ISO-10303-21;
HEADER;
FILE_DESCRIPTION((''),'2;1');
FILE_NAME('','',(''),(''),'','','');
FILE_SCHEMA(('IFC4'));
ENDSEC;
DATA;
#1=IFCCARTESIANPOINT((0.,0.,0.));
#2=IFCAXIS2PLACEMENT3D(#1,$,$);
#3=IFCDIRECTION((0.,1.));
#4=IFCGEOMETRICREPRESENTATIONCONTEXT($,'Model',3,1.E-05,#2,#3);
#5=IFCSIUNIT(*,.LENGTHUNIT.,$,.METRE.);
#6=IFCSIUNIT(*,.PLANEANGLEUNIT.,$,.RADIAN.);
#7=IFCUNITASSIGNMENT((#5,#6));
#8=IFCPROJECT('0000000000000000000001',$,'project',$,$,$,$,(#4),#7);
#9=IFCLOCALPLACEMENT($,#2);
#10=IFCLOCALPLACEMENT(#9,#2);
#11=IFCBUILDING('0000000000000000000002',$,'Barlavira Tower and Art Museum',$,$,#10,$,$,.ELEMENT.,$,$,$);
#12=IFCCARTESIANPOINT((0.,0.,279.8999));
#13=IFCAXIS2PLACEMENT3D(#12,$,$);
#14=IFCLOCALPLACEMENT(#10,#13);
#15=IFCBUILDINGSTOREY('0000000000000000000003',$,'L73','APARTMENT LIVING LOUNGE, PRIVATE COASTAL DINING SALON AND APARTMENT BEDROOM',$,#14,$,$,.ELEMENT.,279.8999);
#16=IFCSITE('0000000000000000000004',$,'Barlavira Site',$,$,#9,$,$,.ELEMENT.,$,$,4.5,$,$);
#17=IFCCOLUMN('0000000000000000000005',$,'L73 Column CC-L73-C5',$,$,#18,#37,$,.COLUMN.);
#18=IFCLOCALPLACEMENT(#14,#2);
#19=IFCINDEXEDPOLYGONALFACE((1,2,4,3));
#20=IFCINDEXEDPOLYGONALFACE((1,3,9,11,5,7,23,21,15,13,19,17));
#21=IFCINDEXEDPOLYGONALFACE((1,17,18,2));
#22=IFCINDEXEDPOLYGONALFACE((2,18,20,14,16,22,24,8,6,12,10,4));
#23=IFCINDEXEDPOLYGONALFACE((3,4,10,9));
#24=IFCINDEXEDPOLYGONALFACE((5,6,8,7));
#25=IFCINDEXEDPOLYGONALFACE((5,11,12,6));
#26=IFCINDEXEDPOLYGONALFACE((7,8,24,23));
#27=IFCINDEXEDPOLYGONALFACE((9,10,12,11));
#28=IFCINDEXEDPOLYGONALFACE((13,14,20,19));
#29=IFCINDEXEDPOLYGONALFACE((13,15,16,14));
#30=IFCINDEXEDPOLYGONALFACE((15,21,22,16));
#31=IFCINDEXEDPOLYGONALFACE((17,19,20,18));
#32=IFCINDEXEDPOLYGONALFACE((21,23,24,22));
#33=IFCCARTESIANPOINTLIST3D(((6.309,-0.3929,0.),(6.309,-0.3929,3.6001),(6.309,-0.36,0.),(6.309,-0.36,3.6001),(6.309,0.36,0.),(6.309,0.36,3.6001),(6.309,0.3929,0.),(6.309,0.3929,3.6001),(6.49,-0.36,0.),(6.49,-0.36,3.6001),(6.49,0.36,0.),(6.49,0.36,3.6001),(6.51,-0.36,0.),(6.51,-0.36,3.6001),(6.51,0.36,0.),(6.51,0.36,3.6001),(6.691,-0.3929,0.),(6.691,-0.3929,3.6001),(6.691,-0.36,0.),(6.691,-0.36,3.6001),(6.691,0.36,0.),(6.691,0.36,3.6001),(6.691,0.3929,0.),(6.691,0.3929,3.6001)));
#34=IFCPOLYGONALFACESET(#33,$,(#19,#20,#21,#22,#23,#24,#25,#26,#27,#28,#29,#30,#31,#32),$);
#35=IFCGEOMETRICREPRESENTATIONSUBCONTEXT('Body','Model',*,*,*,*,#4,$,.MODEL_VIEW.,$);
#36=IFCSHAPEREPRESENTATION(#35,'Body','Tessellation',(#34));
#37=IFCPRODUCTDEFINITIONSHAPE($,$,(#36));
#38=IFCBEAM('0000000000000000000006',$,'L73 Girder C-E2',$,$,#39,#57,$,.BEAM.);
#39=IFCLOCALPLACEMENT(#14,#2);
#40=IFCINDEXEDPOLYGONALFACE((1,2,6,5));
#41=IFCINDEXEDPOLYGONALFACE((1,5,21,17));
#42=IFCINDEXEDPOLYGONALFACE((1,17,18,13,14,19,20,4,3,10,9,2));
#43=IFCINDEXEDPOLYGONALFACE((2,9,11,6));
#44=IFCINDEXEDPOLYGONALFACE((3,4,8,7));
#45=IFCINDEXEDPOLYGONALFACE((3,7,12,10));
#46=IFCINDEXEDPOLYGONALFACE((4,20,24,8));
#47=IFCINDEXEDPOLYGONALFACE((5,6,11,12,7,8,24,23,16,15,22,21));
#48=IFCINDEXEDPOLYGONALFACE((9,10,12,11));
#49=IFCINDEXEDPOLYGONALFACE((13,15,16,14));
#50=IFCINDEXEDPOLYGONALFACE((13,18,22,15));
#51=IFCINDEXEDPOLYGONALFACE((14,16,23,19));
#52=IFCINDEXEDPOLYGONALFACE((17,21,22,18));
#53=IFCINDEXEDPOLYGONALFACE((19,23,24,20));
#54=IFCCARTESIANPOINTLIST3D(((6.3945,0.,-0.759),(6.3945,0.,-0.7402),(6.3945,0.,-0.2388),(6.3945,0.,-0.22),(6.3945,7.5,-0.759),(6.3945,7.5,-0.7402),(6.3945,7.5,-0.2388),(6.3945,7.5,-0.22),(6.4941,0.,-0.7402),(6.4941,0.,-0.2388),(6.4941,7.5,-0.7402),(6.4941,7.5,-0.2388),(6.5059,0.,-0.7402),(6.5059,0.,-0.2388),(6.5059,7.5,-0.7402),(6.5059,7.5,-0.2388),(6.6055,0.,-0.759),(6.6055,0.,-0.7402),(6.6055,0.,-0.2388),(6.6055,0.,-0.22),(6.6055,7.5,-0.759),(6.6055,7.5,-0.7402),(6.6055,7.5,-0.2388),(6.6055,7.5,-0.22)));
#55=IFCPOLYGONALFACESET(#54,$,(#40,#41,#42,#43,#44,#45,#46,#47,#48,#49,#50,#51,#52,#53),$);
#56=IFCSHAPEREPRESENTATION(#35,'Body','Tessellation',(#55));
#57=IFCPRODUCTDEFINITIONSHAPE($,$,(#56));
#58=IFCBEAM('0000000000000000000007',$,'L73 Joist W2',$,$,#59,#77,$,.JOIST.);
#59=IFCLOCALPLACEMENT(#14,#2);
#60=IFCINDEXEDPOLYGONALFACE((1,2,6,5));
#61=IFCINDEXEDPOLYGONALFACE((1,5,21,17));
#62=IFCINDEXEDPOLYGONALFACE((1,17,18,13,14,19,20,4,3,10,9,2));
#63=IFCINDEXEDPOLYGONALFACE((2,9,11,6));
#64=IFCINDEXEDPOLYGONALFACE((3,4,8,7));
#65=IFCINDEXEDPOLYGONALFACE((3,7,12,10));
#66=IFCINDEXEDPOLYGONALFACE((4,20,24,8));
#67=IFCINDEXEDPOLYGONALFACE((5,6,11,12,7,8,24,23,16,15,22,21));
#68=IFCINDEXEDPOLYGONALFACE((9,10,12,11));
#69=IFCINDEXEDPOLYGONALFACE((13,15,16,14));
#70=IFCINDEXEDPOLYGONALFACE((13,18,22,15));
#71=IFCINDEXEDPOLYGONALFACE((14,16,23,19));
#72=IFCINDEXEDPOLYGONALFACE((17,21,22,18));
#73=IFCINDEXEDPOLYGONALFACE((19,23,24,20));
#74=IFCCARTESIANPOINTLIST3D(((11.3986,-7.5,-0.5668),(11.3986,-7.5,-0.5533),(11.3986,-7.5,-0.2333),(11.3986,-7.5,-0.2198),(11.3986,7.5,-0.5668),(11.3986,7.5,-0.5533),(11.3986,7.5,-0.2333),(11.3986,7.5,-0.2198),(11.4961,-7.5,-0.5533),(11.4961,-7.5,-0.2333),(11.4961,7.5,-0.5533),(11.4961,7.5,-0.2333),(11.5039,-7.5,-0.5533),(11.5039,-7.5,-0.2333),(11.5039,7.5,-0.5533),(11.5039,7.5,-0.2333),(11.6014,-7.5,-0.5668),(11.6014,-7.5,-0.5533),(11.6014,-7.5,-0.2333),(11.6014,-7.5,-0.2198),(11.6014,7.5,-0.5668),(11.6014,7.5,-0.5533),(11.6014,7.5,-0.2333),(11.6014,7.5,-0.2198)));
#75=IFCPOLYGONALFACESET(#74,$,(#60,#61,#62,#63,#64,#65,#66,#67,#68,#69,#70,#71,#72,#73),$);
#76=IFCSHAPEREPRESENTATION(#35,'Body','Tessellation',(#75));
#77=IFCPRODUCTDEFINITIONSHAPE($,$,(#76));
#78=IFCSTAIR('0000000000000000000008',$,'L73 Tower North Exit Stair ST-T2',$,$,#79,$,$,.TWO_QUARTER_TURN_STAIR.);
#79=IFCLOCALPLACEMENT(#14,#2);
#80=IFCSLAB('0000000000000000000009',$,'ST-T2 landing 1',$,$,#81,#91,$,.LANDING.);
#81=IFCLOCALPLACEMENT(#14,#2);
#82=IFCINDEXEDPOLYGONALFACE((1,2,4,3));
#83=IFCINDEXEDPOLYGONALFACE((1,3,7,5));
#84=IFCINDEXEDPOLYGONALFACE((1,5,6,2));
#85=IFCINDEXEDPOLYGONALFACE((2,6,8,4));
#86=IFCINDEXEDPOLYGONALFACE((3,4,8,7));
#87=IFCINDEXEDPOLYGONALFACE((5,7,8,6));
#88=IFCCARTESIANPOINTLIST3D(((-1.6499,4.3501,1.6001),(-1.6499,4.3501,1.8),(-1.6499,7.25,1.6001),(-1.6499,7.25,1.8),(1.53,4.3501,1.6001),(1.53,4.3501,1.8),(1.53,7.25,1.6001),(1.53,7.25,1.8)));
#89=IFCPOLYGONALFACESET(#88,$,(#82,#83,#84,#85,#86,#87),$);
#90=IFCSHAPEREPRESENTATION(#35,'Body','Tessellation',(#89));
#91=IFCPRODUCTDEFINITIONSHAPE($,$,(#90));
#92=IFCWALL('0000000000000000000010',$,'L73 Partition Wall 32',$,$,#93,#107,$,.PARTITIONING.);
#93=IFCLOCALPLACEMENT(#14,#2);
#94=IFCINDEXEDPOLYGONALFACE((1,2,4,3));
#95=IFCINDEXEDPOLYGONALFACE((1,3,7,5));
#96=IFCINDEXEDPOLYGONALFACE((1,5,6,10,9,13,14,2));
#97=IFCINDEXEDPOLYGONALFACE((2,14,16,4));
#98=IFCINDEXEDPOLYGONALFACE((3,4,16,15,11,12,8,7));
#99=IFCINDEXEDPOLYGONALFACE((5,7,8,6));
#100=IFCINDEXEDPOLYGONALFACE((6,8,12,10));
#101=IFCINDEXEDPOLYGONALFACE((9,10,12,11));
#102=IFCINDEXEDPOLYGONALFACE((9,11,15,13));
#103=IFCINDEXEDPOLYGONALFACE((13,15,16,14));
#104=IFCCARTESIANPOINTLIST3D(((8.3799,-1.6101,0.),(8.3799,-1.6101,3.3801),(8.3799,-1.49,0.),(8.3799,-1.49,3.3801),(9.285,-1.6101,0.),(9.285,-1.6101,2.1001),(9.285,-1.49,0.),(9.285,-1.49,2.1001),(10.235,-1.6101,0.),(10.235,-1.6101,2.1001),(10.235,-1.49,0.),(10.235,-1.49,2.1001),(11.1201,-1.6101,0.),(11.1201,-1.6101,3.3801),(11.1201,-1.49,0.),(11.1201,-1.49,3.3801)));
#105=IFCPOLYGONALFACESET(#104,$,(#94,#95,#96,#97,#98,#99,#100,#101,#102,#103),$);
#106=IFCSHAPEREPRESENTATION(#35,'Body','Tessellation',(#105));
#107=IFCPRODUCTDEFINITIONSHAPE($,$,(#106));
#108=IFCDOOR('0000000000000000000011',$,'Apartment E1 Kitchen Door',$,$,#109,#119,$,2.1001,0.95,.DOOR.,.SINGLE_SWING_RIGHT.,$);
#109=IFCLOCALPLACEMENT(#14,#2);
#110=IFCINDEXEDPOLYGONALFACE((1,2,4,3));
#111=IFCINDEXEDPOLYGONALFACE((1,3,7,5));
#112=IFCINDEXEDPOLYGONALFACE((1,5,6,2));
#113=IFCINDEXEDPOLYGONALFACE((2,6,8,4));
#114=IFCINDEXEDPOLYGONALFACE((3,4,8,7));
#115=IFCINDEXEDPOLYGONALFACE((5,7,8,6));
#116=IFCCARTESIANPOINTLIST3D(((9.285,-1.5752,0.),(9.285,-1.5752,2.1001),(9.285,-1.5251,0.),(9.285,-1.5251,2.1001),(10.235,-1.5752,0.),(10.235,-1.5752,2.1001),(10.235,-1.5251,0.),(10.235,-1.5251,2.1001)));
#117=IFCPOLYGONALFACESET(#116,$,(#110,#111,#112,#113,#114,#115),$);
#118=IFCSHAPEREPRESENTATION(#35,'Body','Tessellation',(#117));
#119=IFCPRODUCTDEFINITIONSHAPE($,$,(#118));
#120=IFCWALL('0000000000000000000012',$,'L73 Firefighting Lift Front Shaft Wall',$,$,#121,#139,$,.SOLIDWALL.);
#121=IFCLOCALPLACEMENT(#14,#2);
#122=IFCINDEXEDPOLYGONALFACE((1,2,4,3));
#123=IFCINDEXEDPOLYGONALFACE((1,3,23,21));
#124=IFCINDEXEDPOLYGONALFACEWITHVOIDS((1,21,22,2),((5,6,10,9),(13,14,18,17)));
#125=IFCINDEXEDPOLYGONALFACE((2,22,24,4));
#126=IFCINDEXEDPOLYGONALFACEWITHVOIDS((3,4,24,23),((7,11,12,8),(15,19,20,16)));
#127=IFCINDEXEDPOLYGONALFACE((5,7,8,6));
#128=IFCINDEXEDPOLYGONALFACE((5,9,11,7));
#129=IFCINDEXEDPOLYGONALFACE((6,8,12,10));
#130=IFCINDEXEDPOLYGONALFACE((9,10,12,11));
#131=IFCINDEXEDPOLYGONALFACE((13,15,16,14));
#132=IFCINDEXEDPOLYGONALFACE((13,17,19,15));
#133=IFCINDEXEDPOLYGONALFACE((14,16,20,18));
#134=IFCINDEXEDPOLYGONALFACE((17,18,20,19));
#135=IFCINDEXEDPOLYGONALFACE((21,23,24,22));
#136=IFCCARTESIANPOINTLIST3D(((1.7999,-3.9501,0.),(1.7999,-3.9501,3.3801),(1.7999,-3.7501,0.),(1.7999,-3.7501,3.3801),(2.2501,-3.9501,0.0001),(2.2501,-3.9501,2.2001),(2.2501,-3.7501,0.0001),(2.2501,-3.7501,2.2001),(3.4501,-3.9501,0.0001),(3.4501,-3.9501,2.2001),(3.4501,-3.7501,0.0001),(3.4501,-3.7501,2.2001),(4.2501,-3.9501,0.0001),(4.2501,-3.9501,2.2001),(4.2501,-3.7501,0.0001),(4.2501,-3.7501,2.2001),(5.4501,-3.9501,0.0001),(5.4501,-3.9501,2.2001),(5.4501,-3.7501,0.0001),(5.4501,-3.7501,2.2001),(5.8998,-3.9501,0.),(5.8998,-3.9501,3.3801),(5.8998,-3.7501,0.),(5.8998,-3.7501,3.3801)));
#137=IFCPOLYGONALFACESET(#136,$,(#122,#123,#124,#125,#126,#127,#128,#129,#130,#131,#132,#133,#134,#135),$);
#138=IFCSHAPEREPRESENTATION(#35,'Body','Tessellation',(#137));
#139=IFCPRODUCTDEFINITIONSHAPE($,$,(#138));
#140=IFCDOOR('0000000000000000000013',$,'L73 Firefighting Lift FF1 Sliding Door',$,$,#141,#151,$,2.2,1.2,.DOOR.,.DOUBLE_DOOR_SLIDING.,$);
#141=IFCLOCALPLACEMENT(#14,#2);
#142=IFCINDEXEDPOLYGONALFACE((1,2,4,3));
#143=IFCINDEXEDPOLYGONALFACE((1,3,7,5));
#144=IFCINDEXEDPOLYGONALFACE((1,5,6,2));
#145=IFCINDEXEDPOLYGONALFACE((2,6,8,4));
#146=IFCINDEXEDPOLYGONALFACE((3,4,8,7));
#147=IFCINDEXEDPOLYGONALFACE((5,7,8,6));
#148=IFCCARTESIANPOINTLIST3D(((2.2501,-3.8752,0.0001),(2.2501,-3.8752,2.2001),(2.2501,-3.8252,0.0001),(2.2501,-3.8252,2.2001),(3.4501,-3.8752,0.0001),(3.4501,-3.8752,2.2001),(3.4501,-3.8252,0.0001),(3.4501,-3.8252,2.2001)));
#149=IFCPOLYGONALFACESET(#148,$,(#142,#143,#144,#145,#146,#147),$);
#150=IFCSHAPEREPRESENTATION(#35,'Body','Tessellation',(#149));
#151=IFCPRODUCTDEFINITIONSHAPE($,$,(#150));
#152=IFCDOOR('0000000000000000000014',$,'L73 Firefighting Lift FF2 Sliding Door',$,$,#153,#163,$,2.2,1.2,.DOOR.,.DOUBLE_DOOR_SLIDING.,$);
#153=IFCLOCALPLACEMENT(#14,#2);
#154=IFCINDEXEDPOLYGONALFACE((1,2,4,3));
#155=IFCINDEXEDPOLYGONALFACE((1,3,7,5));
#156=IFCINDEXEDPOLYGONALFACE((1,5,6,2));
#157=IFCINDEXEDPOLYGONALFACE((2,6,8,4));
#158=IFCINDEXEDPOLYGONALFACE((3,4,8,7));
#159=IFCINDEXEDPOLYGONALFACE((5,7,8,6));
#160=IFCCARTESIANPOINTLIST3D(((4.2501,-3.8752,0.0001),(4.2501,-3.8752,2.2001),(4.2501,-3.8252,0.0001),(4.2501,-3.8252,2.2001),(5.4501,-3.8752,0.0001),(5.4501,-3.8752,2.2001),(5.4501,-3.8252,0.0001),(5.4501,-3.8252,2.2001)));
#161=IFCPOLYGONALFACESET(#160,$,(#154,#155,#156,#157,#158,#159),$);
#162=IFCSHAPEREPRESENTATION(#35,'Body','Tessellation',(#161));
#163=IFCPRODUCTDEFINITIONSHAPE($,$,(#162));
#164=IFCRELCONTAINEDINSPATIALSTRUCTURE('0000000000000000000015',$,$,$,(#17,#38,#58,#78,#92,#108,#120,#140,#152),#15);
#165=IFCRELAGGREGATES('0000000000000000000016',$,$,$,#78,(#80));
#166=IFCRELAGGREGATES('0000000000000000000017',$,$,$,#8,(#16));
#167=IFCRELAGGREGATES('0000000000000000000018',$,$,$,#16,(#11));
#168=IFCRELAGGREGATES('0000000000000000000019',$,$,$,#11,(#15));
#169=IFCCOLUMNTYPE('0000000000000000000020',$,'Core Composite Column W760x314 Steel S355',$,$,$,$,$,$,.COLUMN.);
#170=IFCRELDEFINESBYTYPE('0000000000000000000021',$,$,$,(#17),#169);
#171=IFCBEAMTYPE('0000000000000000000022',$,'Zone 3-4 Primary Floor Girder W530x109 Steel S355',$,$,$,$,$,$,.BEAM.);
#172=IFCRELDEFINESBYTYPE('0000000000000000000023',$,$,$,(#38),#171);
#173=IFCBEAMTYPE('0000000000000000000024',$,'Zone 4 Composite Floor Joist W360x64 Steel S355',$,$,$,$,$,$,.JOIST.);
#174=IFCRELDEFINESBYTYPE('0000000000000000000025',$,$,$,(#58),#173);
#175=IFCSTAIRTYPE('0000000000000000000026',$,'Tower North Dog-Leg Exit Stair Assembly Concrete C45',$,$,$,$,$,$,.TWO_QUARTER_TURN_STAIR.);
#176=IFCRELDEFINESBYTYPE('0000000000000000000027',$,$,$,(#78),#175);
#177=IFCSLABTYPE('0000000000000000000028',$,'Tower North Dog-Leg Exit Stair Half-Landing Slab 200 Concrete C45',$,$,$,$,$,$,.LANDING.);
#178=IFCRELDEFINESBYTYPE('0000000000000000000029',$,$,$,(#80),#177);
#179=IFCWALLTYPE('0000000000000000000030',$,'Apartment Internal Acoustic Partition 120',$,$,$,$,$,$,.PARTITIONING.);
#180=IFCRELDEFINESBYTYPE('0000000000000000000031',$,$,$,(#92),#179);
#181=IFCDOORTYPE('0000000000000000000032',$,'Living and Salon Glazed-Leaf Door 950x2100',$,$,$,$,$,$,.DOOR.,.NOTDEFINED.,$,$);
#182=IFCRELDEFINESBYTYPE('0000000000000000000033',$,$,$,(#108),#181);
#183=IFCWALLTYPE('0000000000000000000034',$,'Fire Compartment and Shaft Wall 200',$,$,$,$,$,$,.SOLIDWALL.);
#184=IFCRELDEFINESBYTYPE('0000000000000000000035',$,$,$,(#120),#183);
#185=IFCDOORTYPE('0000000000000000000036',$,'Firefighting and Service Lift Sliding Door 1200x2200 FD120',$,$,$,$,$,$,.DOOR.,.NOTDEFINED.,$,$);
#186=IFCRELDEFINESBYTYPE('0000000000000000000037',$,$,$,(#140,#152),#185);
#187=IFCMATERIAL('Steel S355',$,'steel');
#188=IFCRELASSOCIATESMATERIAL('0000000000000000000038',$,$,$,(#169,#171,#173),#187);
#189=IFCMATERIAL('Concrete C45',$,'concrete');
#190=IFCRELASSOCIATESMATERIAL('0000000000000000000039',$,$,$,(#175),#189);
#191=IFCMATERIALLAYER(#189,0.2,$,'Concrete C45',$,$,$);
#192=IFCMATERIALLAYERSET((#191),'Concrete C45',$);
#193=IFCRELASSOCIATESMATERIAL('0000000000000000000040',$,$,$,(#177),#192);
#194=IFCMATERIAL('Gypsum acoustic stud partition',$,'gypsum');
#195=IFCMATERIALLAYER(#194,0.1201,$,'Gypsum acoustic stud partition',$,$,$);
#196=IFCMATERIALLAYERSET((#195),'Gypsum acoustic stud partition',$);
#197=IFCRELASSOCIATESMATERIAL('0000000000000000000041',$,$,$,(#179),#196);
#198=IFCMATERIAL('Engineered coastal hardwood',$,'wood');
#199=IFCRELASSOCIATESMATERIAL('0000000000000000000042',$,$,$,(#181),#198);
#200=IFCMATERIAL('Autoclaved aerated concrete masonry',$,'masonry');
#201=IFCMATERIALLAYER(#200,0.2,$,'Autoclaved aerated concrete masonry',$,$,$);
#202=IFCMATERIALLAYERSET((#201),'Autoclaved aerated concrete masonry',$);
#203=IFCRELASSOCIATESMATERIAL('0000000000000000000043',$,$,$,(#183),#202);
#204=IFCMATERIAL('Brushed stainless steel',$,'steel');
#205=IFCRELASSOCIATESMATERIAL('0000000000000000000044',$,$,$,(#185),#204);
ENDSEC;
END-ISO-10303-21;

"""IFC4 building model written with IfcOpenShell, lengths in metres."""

from ifc_helpers import new_model, si_unit, direction, frame, frame_2d, origin, origin_2d, place, context, subcontext, project, spatial, polyline, rectangle, i_section, outline, extrude, material, layer, layer_set, material_profile, profile_set, type_object, element, fill, aggregate, save


model = new_model("IFC4")

# Units and contexts
model_context = context("Model", 3, precision=1e-05, world=origin(), true_north=direction((0.0, 1.0)))
body_context = subcontext(model_context, "Body", "Model", "MODEL_VIEW")
ifc_project = project(units=[si_unit("LENGTHUNIT", "METRE"), si_unit("PLANEANGLEUNIT", "RADIAN")], contexts=[model_context])

# Site, building, storey
site_placement = place(None, origin())
site = spatial("IfcSite", under=ifc_project, at=site_placement, Name="Barlavira Site", CompositionType="ELEMENT", RefElevation=4.5)
building_placement = place(site_placement, origin())
building = spatial("IfcBuilding", under=site, at=building_placement, Name="Barlavira Tower and Art Museum", CompositionType="ELEMENT")
storey_placement = place(building_placement, frame((0.0, 0.0, 279.8999)))
storey = spatial("IfcBuildingStorey", under=building, at=storey_placement, Name="L73", Description="APARTMENT LIVING LOUNGE, PRIVATE COASTAL DINING SALON AND APARTMENT BEDROOM", CompositionType="ELEMENT", Elevation=279.8999)

# Column
ifc_material_1 = material(Name="Steel S355", Category="steel")
ifc_material_profile_1 = material_profile(ifc_material_1, i_section(OverallWidth=0.3821, OverallDepth=0.7859, WebThickness=0.02, FlangeThickness=0.033, at=origin_2d()), Name="W760x314.0")
ifc_profile_set_1 = profile_set([ifc_material_profile_1], Name="Steel S355")
column_type = type_object("IfcColumnType", Name="Core Composite Column W760x314 Steel S355", PredefinedType="COLUMN", material=ifc_profile_set_1)
column_placement = place(storey_placement, frame((6.5, 0.0, 0.0), z_axis=(0.0, 0.0, 1.0), x_axis=(1.0, 0.0, 0.0)))
element("IfcColumn", 1, at=column_placement, inside=storey, type_object=column_type, Name="L73 Column CC-L73-C5", PredefinedType="COLUMN", context=body_context, shape_type="SweptSolid", body=[
    extrude(i_section(OverallWidth=0.3821, OverallDepth=0.7859, WebThickness=0.02, FlangeThickness=0.033, at=origin_2d()), origin(), (0.0, 0.0, 1.0), 3.6001),
])

# Beams
ifc_material_profile_2 = material_profile(ifc_material_1, i_section(OverallWidth=0.2109, OverallDepth=0.5391, WebThickness=0.0117, FlangeThickness=0.0188, at=origin_2d()), Name="W530x109.0")
ifc_profile_set_2 = profile_set([ifc_material_profile_2], Name="Steel S355")
beam_type_1 = type_object("IfcBeamType", Name="Zone 3-4 Primary Floor Girder W530x109 Steel S355", PredefinedType="BEAM", material=ifc_profile_set_2)
beam_1_placement = place(storey_placement, frame((6.5, 0.0, -0.4895), z_axis=(0.0, 1.0, 0.0), x_axis=(-1.0, 0.0, 0.0)))
element("IfcBeam", 2, at=beam_1_placement, inside=storey, type_object=beam_type_1, Name="L73 Girder C-E2", PredefinedType="BEAM", context=body_context, shape_type="SweptSolid", body=[
    extrude(i_section(OverallWidth=0.2109, OverallDepth=0.5391, WebThickness=0.0117, FlangeThickness=0.0188, at=origin_2d()), origin(), (0.0, 0.0, 1.0), 7.5),
])
ifc_material_profile_3 = material_profile(ifc_material_1, i_section(OverallWidth=0.2029, OverallDepth=0.3469, WebThickness=0.0078, FlangeThickness=0.0134, at=origin_2d()), Name="W360x64.0")
ifc_profile_set_3 = profile_set([ifc_material_profile_3], Name="Steel S355")
beam_type_2 = type_object("IfcBeamType", Name="Zone 4 Composite Floor Joist W360x64 Steel S355", PredefinedType="JOIST", material=ifc_profile_set_3)
beam_2_placement = place(storey_placement, frame((11.5, -7.5, -0.3933), z_axis=(0.0, 1.0, 0.0), x_axis=(-1.0, 0.0, 0.0)))
element("IfcBeam", 3, at=beam_2_placement, inside=storey, type_object=beam_type_2, Name="L73 Joist W2", PredefinedType="JOIST", context=body_context, shape_type="SweptSolid", body=[
    extrude(i_section(OverallWidth=0.2029, OverallDepth=0.3469, WebThickness=0.0078, FlangeThickness=0.0134, at=origin_2d()), origin(), (0.0, 0.0, 1.0), 15.0),
])

# Stair, slab
ifc_material_2 = material(Name="Concrete C45", Category="concrete")
stair_type_1 = type_object("IfcStairType", Name="Tower North Dog-Leg Exit Stair Assembly Concrete C45", PredefinedType="TWO_QUARTER_TURN_STAIR", material=ifc_material_2)
stair_1_placement = place(storey_placement, origin())
stair_1 = element("IfcStair", 4, at=stair_1_placement, inside=storey, type_object=stair_type_1, Name="L73 Tower North Exit Stair ST-T2", PredefinedType="TWO_QUARTER_TURN_STAIR")
ifc_layer_1 = layer(ifc_material_2, 0.2, Name="Concrete C45")
ifc_layer_set_1 = layer_set([ifc_layer_1], Name="Concrete C45")
slab_type = type_object("IfcSlabType", Name="Tower North Dog-Leg Exit Stair Half-Landing Slab 200 Concrete C45", PredefinedType="LANDING", material=ifc_layer_set_1)
slab_placement = place(storey_placement, frame((0.0, 0.0, 1.6001)))
slab = element("IfcSlab", 5, at=slab_placement, type_object=slab_type, Name="ST-T2 landing 1", PredefinedType="LANDING", context=body_context, shape_type="SweptSolid", body=[
    extrude(outline(polyline([(-1.6499, 4.3501), (1.53, 4.3501), (1.53, 7.25), (-1.6499, 7.25), (-1.6499, 4.3501)])), origin(), (0.0, 0.0, 1.0), 0.2),
])
aggregate(stair_1, [slab])

# Wall, opening, door
ifc_material_3 = material(Name="Gypsum acoustic stud partition", Category="gypsum")
ifc_layer_2 = layer(ifc_material_3, 0.1201, Name="Gypsum acoustic stud partition")
ifc_layer_set_2 = layer_set([ifc_layer_2], Name="Gypsum acoustic stud partition")
wall_type_1 = type_object("IfcWallType", Name="Apartment Internal Acoustic Partition 120", PredefinedType="PARTITIONING", material=ifc_layer_set_2)
wall_1_placement = place(storey_placement, frame((8.3799, -1.55, 0.0), z_axis=(0.0, 0.0, 1.0), x_axis=(1.0, 0.0, 0.0)))
wall_1 = element("IfcWall", 6, at=wall_1_placement, inside=storey, type_object=wall_type_1, Name="L73 Partition Wall 32", PredefinedType="PARTITIONING", context=body_context, shape_type="SweptSolid", body=[
    extrude(rectangle(XDim=2.7402, YDim=0.1201, at=frame_2d((1.3701, 0.0))), origin(), (0.0, 0.0, 1.0), 3.3801),
])
opening_1_placement = place(wall_1_placement, frame((0.905, 0.0, 0.0)))
opening_1 = element("IfcOpeningElement", 7, at=opening_1_placement, cuts=wall_1, PredefinedType="OPENING", context=body_context, shape_type="SweptSolid", body=[
    extrude(rectangle(XDim=0.95, YDim=2.1001, at=frame_2d((0.4751, 1.05))), frame((0.0, 0.0701, 0.0), z_axis=(0.0, -1.0, 0.0), x_axis=(1.0, 0.0, 0.0)), (0.0, 0.0, 1.0), 0.1401),
])
ifc_material_4 = material(Name="Engineered coastal hardwood", Category="wood")
door_type_1 = type_object("IfcDoorType", Name="Living and Salon Glazed-Leaf Door 950x2100", OperationType="NOTDEFINED", PredefinedType="DOOR", material=ifc_material_4)
door_1_placement = place(opening_1_placement, origin())
door_1 = element("IfcDoor", 8, at=door_1_placement, inside=storey, type_object=door_type_1, Name="Apartment E1 Kitchen Door", OperationType="SINGLE_SWING_RIGHT", OverallHeight=2.1001, OverallWidth=0.95, PredefinedType="DOOR", context=body_context, shape_type="SweptSolid", body=[
    extrude(rectangle(XDim=0.95, YDim=2.1001, at=frame_2d((0.4751, 1.05))), frame((0.0, 0.0249, 0.0), z_axis=(0.0, -1.0, 0.0), x_axis=(1.0, 0.0, 0.0)), (0.0, 0.0, 1.0), 0.05),
])
fill(opening_1, door_1)
ifc_material_5 = material(Name="Brushed stainless steel", Category="steel")

# Wall, openings, doors
ifc_material_6 = material(Name="Autoclaved aerated concrete masonry", Category="masonry")
ifc_layer_3 = layer(ifc_material_6, 0.2, Name="Autoclaved aerated concrete masonry")
ifc_layer_set_3 = layer_set([ifc_layer_3], Name="Autoclaved aerated concrete masonry")
wall_type_2 = type_object("IfcWallType", Name="Fire Compartment and Shaft Wall 200", PredefinedType="SOLIDWALL", material=ifc_layer_set_3)
wall_2_placement = place(storey_placement, frame((1.8, -3.8501, 0.0), z_axis=(0.0, 0.0, 1.0), x_axis=(1.0, 0.0, 0.0)))
wall_2 = element("IfcWall", 9, at=wall_2_placement, inside=storey, type_object=wall_type_2, Name="L73 Firefighting Lift Front Shaft Wall", PredefinedType="SOLIDWALL", context=body_context, shape_type="SweptSolid", body=[
    extrude(rectangle(XDim=4.0999, YDim=0.2, at=frame_2d((2.0498, 0.0))), origin(), (0.0, 0.0, 1.0), 3.3801),
])
opening_2_placement = place(wall_2_placement, frame((0.45, 0.0, 0.0)))
opening_2 = element("IfcOpeningElement", 10, at=opening_2_placement, cuts=wall_2, PredefinedType="OPENING", context=body_context, shape_type="SweptSolid", body=[
    extrude(rectangle(XDim=1.2, YDim=2.2, at=frame_2d((0.6001, 1.1001))), frame((0.0, 0.1099, 0.0), z_axis=(0.0, -1.0, 0.0), x_axis=(1.0, 0.0, 0.0)), (0.0, 0.0, 1.0), 0.22),
])
opening_3_placement = place(wall_2_placement, frame((2.45, 0.0, 0.0)))
opening_3 = element("IfcOpeningElement", 11, at=opening_3_placement, cuts=wall_2, PredefinedType="OPENING", context=body_context, shape_type="SweptSolid", body=[
    extrude(rectangle(XDim=1.2, YDim=2.2, at=frame_2d((0.6001, 1.1001))), frame((0.0, 0.1099, 0.0), z_axis=(0.0, -1.0, 0.0), x_axis=(1.0, 0.0, 0.0)), (0.0, 0.0, 1.0), 0.22),
])
door_type_2 = type_object("IfcDoorType", Name="Firefighting and Service Lift Sliding Door 1200x2200 FD120", OperationType="NOTDEFINED", PredefinedType="DOOR", material=ifc_material_5)
door_2_placement = place(opening_2_placement, origin())
door_2 = element("IfcDoor", 12, at=door_2_placement, inside=storey, type_object=door_type_2, Name="L73 Firefighting Lift FF1 Sliding Door", OperationType="DOUBLE_DOOR_SLIDING", OverallHeight=2.2, OverallWidth=1.2, PredefinedType="DOOR", context=body_context, shape_type="SweptSolid", body=[
    extrude(rectangle(XDim=1.2, YDim=2.2, at=frame_2d((0.6001, 1.1001))), frame((0.0, 0.0249, 0.0), z_axis=(0.0, -1.0, 0.0), x_axis=(1.0, 0.0, 0.0)), (0.0, 0.0, 1.0), 0.05),
])
fill(opening_2, door_2)
door_3_placement = place(opening_3_placement, origin())
door_3 = element("IfcDoor", 13, at=door_3_placement, inside=storey, type_object=door_type_2, Name="L73 Firefighting Lift FF2 Sliding Door", OperationType="DOUBLE_DOOR_SLIDING", OverallHeight=2.2, OverallWidth=1.2, PredefinedType="DOOR", context=body_context, shape_type="SweptSolid", body=[
    extrude(rectangle(XDim=1.2, YDim=2.2, at=frame_2d((0.6001, 1.1001))), frame((0.0, 0.0249, 0.0), z_axis=(0.0, -1.0, 0.0), x_axis=(1.0, 0.0, 0.0)), (0.0, 0.0, 1.0), 0.05),
])
fill(opening_3, door_3)

save(model, "model.ifc")
